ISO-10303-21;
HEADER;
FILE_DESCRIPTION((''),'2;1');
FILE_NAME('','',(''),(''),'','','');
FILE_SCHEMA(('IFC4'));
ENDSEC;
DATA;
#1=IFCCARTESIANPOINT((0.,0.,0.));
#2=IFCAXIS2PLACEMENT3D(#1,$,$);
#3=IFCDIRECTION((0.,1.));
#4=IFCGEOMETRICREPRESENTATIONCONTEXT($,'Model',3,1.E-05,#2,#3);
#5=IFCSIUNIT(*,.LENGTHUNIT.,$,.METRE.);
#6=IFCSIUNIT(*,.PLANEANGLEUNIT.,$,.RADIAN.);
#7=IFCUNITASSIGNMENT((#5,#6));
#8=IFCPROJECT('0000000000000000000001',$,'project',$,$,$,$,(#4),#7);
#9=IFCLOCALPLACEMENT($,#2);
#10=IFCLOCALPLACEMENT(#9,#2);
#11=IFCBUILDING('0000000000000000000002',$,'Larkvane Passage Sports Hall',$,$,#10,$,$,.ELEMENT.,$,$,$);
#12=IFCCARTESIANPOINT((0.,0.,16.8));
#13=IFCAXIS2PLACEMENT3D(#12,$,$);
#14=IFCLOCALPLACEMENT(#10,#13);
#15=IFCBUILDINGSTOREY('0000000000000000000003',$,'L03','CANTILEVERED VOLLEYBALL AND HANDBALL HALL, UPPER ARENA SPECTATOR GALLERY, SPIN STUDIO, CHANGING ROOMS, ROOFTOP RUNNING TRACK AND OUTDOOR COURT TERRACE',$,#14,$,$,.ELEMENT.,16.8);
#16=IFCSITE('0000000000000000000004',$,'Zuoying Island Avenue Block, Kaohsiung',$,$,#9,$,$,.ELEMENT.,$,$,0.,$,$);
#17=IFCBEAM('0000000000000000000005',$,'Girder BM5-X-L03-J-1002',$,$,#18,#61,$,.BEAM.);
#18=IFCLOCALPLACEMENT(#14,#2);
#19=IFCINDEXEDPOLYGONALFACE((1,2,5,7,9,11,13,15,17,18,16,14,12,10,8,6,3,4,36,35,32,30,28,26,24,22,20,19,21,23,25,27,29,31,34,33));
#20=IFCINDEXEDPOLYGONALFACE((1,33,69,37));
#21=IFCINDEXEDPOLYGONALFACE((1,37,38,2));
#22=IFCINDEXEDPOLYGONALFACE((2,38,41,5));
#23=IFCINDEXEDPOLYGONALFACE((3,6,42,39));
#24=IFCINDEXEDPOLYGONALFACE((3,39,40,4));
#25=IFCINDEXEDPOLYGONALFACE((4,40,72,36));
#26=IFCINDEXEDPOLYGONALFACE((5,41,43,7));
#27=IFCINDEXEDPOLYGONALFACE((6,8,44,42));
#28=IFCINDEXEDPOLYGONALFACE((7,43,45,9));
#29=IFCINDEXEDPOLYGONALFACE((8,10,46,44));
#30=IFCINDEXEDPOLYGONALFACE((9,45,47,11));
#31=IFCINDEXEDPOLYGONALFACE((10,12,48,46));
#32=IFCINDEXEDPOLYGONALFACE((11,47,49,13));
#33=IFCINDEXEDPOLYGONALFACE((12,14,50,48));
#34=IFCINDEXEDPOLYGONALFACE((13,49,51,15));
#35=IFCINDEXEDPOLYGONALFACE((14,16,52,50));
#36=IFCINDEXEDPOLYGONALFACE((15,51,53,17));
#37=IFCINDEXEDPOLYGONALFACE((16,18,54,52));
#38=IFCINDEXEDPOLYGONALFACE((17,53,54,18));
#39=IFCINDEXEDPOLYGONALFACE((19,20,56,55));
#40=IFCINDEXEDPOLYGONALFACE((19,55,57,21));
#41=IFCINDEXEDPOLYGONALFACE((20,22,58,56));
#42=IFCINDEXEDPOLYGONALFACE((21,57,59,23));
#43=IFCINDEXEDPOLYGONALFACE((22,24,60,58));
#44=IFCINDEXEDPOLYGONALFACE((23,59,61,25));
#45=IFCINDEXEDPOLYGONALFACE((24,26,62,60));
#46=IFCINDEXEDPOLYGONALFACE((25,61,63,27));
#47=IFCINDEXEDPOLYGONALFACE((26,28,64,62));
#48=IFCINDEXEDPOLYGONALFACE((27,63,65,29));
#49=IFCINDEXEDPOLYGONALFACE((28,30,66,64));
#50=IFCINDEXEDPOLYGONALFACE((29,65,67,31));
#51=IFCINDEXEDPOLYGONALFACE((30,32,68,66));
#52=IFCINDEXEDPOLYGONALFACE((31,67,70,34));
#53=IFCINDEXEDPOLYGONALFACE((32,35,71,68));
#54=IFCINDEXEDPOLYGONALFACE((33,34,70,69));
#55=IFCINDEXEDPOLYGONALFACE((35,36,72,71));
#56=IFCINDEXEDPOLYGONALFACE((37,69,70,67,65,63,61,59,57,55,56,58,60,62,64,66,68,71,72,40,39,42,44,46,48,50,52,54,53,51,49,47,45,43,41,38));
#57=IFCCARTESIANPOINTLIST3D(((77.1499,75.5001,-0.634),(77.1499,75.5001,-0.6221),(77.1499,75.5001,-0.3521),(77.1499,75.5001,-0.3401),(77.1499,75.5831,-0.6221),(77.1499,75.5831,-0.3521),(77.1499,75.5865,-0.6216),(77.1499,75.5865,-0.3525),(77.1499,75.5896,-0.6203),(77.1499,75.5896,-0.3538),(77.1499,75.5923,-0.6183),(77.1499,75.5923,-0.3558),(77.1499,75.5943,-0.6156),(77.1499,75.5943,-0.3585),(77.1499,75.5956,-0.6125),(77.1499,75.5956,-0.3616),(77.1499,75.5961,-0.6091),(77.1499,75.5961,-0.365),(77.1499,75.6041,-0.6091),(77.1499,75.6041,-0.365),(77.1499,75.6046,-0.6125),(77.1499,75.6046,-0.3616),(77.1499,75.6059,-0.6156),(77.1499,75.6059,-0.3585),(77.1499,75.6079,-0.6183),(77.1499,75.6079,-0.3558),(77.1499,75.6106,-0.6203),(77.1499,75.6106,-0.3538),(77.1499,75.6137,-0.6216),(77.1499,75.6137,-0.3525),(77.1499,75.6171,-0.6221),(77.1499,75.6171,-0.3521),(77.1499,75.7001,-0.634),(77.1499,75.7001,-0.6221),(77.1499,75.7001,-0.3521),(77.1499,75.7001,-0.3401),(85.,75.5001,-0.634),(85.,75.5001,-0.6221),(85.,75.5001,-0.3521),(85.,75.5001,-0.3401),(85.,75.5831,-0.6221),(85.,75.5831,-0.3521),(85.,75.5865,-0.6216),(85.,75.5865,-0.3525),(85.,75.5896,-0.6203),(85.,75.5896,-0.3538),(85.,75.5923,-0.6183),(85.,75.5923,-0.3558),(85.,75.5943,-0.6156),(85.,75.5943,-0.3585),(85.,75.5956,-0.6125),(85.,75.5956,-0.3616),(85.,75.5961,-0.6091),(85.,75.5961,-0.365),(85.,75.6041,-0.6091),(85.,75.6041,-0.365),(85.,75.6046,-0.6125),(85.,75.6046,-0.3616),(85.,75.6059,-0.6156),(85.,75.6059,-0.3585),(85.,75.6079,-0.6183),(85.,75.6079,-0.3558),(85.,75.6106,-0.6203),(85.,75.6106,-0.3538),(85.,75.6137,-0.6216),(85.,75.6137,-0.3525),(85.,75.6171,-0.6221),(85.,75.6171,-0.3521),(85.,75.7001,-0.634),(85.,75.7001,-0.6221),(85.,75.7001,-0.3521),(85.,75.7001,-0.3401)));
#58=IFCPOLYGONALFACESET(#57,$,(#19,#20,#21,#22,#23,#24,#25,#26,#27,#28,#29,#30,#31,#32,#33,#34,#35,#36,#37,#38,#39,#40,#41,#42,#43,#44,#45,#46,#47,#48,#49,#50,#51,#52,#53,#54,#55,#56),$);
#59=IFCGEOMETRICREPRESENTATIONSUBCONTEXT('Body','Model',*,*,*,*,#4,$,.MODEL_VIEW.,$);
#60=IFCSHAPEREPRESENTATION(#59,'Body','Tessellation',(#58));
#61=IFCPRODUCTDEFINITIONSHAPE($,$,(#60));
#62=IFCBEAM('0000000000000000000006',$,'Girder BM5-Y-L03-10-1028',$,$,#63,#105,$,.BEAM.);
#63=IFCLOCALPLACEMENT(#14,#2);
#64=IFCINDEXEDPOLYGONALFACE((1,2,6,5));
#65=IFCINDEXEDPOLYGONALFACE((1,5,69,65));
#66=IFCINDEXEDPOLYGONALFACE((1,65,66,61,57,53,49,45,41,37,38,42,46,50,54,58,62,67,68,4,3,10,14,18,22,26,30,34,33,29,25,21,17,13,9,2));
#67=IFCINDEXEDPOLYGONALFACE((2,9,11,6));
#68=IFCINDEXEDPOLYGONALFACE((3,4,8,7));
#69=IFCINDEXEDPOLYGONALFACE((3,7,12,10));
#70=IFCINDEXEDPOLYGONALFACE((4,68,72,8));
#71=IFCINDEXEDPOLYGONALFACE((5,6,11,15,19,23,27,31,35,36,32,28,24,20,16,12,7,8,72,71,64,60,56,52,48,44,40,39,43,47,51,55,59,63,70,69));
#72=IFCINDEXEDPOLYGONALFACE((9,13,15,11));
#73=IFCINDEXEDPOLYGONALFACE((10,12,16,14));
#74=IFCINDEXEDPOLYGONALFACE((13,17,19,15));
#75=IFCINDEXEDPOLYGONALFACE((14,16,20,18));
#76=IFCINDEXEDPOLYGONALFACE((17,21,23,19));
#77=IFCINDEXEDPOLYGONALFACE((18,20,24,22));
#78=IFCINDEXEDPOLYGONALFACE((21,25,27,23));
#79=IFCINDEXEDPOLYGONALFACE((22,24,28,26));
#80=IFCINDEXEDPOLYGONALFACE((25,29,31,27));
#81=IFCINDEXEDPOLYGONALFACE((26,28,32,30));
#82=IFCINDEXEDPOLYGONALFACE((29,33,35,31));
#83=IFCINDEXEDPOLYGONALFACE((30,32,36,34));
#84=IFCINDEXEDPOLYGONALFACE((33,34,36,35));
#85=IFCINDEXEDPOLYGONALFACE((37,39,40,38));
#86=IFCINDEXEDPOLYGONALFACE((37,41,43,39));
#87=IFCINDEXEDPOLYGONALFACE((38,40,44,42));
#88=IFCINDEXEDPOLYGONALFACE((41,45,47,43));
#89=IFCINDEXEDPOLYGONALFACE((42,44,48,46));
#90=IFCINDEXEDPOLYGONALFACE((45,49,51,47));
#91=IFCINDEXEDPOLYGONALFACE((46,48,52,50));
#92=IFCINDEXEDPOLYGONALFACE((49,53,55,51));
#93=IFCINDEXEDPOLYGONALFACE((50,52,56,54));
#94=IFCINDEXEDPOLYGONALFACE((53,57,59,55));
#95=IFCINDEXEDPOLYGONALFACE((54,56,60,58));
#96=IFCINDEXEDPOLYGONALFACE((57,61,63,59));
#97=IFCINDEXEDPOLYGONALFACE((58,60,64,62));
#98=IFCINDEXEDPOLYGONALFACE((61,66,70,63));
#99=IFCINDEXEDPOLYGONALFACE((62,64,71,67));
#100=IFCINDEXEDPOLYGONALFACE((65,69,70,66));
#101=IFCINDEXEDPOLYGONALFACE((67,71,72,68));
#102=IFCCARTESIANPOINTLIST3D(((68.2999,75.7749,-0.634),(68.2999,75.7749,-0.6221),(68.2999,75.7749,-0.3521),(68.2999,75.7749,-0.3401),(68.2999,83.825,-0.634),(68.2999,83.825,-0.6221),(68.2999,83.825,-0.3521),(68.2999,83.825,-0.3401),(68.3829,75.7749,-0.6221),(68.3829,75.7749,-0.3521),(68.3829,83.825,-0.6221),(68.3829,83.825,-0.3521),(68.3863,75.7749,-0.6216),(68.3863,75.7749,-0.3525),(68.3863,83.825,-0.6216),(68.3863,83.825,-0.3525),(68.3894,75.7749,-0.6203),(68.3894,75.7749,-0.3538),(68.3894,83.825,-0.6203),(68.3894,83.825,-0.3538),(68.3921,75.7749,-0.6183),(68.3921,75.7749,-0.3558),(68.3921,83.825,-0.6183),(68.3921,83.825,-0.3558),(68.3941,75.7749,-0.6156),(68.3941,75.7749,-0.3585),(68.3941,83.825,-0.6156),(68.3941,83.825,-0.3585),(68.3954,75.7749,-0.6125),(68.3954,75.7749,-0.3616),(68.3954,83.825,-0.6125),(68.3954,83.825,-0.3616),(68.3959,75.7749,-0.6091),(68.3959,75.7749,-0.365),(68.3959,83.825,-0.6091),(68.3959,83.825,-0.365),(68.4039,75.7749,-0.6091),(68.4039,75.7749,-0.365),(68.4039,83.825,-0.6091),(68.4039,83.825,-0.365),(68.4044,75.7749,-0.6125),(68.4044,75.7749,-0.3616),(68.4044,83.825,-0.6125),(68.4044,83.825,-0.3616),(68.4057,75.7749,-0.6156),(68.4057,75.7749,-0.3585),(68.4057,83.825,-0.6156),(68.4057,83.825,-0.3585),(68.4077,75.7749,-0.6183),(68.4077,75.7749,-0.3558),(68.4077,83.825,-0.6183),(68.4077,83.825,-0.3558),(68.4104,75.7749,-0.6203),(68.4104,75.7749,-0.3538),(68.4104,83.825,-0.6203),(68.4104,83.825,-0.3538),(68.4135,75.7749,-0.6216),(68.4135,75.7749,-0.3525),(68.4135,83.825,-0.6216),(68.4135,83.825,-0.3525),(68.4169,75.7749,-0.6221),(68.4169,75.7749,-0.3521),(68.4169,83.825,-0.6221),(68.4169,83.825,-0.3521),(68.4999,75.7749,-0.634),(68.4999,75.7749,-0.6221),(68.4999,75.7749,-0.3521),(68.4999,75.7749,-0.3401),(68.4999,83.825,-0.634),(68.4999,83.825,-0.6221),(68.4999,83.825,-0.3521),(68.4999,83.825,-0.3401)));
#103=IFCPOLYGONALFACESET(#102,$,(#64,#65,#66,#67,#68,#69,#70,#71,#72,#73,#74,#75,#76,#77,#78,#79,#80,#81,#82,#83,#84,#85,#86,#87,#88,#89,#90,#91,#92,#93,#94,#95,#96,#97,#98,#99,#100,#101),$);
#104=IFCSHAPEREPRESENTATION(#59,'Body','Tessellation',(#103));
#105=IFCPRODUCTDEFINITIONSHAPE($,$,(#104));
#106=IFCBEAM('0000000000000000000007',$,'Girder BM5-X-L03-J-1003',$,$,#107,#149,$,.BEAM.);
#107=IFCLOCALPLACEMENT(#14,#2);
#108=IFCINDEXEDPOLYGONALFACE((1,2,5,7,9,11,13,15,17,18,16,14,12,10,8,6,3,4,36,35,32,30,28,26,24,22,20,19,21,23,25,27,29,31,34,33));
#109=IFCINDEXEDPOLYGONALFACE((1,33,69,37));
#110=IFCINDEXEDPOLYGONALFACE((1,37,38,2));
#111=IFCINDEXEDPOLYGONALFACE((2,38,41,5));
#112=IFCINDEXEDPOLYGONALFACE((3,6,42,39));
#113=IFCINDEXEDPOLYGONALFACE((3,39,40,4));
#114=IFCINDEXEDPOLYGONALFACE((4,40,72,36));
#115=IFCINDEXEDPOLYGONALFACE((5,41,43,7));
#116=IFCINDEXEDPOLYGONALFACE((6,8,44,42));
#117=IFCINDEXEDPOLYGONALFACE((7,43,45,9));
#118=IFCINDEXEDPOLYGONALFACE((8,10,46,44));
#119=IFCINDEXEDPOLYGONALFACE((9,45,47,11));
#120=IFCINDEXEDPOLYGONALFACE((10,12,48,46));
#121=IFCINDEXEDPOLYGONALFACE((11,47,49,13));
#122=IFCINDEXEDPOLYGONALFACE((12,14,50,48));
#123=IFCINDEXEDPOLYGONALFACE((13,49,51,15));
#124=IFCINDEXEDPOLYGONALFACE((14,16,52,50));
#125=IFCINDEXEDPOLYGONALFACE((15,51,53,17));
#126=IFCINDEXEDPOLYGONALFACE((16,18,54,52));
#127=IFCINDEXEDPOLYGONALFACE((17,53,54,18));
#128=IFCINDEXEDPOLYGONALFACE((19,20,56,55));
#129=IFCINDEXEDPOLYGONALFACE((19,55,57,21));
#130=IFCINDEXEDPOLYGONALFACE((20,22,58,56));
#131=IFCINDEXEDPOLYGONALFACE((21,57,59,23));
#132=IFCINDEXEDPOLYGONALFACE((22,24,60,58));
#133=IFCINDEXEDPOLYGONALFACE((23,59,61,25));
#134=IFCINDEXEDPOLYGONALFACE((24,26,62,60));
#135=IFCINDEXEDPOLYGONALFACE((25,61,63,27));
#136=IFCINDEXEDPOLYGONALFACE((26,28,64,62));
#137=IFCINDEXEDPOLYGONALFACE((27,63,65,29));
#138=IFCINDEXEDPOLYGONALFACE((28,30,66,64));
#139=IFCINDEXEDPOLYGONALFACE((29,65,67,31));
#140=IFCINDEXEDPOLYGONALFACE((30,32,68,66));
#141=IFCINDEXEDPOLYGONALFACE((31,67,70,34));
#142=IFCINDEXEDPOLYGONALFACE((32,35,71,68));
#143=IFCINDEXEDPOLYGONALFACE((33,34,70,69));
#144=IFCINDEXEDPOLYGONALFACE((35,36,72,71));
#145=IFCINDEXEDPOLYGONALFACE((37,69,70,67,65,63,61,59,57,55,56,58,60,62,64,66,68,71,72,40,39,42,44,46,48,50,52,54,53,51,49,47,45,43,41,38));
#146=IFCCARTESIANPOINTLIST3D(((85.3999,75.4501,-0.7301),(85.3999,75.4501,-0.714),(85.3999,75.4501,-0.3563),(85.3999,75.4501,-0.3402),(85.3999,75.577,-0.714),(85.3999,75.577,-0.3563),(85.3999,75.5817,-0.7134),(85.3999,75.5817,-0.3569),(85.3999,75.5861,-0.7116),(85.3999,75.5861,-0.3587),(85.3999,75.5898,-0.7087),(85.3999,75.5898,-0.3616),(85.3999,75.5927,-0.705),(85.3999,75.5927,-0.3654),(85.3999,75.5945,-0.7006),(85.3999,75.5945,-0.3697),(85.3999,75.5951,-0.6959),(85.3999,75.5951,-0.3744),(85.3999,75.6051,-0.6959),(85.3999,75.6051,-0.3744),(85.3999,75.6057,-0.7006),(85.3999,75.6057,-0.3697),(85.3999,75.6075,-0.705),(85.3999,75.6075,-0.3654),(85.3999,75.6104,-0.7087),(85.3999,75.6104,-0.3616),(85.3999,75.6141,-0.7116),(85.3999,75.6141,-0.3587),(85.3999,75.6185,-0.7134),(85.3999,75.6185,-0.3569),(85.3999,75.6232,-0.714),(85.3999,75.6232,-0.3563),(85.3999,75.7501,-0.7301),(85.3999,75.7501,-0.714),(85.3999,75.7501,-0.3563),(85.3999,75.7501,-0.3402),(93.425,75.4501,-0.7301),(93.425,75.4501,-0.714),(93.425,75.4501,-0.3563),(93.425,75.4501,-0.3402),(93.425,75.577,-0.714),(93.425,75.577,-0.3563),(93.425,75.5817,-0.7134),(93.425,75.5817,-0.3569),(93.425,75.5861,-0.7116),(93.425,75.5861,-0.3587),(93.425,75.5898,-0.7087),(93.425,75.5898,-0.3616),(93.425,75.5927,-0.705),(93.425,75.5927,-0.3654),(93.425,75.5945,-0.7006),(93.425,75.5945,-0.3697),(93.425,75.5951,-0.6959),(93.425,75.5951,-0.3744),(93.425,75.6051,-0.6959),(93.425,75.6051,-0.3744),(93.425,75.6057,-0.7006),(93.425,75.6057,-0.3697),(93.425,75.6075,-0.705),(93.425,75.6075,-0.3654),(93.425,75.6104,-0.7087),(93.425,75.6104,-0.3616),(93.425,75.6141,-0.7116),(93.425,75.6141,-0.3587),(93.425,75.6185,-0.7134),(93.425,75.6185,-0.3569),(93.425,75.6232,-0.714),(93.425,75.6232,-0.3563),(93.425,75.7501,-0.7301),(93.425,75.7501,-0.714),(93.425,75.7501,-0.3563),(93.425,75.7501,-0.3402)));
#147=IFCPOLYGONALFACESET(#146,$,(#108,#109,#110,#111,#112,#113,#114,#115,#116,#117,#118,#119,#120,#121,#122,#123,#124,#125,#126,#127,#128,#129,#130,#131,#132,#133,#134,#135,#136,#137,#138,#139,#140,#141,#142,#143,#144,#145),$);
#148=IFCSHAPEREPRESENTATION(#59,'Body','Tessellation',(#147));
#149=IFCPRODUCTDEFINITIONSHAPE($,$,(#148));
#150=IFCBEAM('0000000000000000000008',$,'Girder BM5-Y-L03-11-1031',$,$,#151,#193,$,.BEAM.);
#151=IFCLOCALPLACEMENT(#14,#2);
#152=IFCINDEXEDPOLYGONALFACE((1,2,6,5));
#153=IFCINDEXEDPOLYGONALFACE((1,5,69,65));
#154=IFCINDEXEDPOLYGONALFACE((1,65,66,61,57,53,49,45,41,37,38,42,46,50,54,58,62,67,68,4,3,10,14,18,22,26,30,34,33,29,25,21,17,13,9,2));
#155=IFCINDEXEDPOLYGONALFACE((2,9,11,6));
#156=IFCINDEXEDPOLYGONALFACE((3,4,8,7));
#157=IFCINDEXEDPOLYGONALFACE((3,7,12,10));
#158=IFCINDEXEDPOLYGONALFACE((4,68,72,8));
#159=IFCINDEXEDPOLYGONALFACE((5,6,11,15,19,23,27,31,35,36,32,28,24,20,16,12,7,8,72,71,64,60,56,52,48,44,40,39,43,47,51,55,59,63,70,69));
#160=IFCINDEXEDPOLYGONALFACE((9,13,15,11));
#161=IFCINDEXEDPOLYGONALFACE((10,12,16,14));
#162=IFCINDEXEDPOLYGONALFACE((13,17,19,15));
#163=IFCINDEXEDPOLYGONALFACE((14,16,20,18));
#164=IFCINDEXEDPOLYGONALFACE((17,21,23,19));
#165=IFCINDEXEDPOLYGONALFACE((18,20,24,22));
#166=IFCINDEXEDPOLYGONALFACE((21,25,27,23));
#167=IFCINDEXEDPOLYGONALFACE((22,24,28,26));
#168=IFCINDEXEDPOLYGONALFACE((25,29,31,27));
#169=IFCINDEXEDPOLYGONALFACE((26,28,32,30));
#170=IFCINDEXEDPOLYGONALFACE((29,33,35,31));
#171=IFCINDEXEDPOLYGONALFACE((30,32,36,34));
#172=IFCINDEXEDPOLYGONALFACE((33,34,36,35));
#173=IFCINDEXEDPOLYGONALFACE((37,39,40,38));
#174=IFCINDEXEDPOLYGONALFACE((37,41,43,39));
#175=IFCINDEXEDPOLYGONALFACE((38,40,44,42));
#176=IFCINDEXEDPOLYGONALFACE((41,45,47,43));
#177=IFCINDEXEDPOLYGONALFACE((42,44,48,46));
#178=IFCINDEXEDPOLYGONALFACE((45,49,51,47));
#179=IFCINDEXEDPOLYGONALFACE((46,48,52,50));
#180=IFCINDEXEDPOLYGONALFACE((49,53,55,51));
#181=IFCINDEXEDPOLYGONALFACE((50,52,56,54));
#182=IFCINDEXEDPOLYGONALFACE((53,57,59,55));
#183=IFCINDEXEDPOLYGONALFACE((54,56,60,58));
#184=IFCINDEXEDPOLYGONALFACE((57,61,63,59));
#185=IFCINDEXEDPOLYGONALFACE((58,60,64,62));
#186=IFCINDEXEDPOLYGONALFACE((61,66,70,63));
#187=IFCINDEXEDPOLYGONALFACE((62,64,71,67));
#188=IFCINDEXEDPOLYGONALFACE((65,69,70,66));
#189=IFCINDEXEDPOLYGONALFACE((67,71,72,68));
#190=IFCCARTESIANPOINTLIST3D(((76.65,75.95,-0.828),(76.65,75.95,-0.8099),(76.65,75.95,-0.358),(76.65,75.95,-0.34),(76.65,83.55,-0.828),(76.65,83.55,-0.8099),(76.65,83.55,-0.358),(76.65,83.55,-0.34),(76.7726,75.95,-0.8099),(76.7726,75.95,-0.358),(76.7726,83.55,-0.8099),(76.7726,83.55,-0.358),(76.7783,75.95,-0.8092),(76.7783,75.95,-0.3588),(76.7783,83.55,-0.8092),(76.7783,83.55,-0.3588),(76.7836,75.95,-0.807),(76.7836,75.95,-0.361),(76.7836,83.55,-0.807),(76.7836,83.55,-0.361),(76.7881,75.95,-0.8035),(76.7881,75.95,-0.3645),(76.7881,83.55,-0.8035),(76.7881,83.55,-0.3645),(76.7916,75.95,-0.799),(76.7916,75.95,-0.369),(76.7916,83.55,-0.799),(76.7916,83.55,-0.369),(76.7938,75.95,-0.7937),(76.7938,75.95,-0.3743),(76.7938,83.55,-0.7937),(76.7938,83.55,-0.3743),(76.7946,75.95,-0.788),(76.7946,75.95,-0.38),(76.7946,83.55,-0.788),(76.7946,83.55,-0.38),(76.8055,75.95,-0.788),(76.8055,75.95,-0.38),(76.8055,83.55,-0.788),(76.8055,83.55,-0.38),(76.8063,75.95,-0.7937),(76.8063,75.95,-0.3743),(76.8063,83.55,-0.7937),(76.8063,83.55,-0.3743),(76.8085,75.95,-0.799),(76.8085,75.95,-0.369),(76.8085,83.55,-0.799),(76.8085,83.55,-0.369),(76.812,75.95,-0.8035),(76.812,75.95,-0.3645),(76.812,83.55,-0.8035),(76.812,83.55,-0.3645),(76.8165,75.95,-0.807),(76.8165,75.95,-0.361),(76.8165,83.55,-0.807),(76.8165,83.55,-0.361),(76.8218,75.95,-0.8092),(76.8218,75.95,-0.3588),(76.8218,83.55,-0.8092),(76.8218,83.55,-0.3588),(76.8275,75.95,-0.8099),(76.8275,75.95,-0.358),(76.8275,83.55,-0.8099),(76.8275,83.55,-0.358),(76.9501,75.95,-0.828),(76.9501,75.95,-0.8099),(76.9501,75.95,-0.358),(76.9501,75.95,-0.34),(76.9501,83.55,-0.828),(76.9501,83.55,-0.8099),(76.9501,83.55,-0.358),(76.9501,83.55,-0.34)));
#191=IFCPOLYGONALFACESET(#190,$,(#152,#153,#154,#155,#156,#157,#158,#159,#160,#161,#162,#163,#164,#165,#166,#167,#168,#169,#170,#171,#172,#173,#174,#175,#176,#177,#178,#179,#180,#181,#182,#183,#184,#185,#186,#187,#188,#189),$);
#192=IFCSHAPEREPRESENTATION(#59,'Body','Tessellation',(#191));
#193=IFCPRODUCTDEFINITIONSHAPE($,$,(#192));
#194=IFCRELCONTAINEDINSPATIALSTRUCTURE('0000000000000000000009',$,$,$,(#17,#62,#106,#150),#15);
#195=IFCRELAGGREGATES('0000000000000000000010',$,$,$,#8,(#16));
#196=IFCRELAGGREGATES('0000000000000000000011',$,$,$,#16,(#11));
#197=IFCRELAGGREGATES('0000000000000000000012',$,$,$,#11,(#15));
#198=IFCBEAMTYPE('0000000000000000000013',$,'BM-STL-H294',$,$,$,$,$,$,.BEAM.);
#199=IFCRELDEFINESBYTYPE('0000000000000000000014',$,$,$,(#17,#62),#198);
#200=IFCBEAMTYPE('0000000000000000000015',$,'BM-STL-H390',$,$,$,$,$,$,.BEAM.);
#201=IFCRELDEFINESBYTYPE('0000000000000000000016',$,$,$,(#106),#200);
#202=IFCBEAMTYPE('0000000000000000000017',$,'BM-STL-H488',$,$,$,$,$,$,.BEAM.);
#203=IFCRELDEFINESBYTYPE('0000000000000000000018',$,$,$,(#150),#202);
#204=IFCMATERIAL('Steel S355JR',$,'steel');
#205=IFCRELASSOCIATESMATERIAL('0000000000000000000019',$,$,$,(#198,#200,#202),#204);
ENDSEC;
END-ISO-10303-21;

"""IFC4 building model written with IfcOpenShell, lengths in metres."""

from ifc_helpers import new_model, si_unit, direction, frame, origin, origin_2d, place, context, subcontext, project, spatial, i_section, extrude, material, material_profile, profile_set, type_object, element, save


model = new_model("IFC4")

# Units and contexts
model_context = context("Model", 3, precision=1e-05, world=origin(), true_north=direction((0.0, 1.0)))
body_context = subcontext(model_context, "Body", "Model", "MODEL_VIEW")
ifc_project = project(units=[si_unit("LENGTHUNIT", "METRE"), si_unit("PLANEANGLEUNIT", "RADIAN")], contexts=[model_context])

# Site, building, storey
site_placement = place(None, origin())
site = spatial("IfcSite", under=ifc_project, at=site_placement, Name="Zuoying Island Avenue Block, Kaohsiung", CompositionType="ELEMENT", RefElevation=0.0)
building_placement = place(site_placement, origin())
building = spatial("IfcBuilding", under=site, at=building_placement, Name="Larkvane Passage Sports Hall", CompositionType="ELEMENT")
storey_placement = place(building_placement, frame((0.0, 0.0, 16.8)))
storey = spatial("IfcBuildingStorey", under=building, at=storey_placement, Name="L03", Description="CANTILEVERED VOLLEYBALL AND HANDBALL HALL, UPPER ARENA SPECTATOR GALLERY, SPIN STUDIO, CHANGING ROOMS, ROOFTOP RUNNING TRACK AND OUTDOOR COURT TERRACE", CompositionType="ELEMENT", Elevation=16.8)

# Shared definitions
ifc_material_1 = material(Name="Steel S355JR", Category="steel")

# Beams
ifc_material_profile_1 = material_profile(ifc_material_1, i_section(OverallWidth=0.2, OverallDepth=0.2939, WebThickness=0.0081, FlangeThickness=0.012, FilletRadius=0.0129, at=origin_2d()), Name="H-294x200x8x12")
ifc_profile_set_1 = profile_set([ifc_material_profile_1], Name="Steel S355JR")
beam_type_1 = type_object("IfcBeamType", Name="BM-STL-H294", PredefinedType="BEAM", material=ifc_profile_set_1)
beam_1_placement = place(storey_placement, frame((77.1499, 75.6001, -0.4871), z_axis=(1.0, 0.0, 0.0), x_axis=(0.0, 1.0, 0.0)))
element("IfcBeam", 1, at=beam_1_placement, inside=storey, type_object=beam_type_1, Name="Girder BM5-X-L03-J-1002", PredefinedType="BEAM", context=body_context, shape_type="SweptSolid", body=[
    extrude(i_section(OverallWidth=0.2, OverallDepth=0.2939, WebThickness=0.0081, FlangeThickness=0.012, FilletRadius=0.0129, at=origin_2d()), origin(), (0.0, 0.0, 1.0), 7.8501),
])
beam_2_placement = place(storey_placement, frame((68.3999, 75.7749, -0.4871), z_axis=(0.0, 1.0, 0.0), x_axis=(-1.0, 0.0, 0.0)))
element("IfcBeam", 2, at=beam_2_placement, inside=storey, type_object=beam_type_1, Name="Girder BM5-Y-L03-10-1028", PredefinedType="BEAM", context=body_context, shape_type="SweptSolid", body=[
    extrude(i_section(OverallWidth=0.2, OverallDepth=0.2939, WebThickness=0.0081, FlangeThickness=0.012, FilletRadius=0.0129, at=origin_2d()), origin(), (0.0, 0.0, 1.0), 8.05),
])
ifc_material_profile_2 = material_profile(ifc_material_1, i_section(OverallWidth=0.3, OverallDepth=0.3899, WebThickness=0.01, FlangeThickness=0.0161, FilletRadius=0.0181, at=origin_2d()), Name="H-390x300x10x16")
ifc_profile_set_2 = profile_set([ifc_material_profile_2], Name="Steel S355JR")
beam_type_2 = type_object("IfcBeamType", Name="BM-STL-H390", PredefinedType="BEAM", material=ifc_profile_set_2)
beam_3_placement = place(storey_placement, frame((85.3999, 75.6001, -0.5352), z_axis=(1.0, 0.0, 0.0), x_axis=(0.0, 1.0, 0.0)))
element("IfcBeam", 3, at=beam_3_placement, inside=storey, type_object=beam_type_2, Name="Girder BM5-X-L03-J-1003", PredefinedType="BEAM", context=body_context, shape_type="SweptSolid", body=[
    extrude(i_section(OverallWidth=0.3, OverallDepth=0.3899, WebThickness=0.01, FlangeThickness=0.0161, FilletRadius=0.0181, at=origin_2d()), origin(), (0.0, 0.0, 1.0), 8.0251),
])
ifc_material_profile_3 = material_profile(ifc_material_1, i_section(OverallWidth=0.3, OverallDepth=0.488, WebThickness=0.011, FlangeThickness=0.0181, FilletRadius=0.022, at=origin_2d()), Name="H-488x300x11x18")
ifc_profile_set_3 = profile_set([ifc_material_profile_3], Name="Steel S355JR")
beam_type_3 = type_object("IfcBeamType", Name="BM-STL-H488", PredefinedType="BEAM", material=ifc_profile_set_3)
beam_4_placement = place(storey_placement, frame((76.8, 75.95, -0.584), z_axis=(0.0, 1.0, 0.0), x_axis=(-1.0, 0.0, 0.0)))
element("IfcBeam", 4, at=beam_4_placement, inside=storey, type_object=beam_type_3, Name="Girder BM5-Y-L03-11-1031", PredefinedType="BEAM", context=body_context, shape_type="SweptSolid", body=[
    extrude(i_section(OverallWidth=0.3, OverallDepth=0.488, WebThickness=0.011, FlangeThickness=0.0181, FilletRadius=0.022, at=origin_2d()), origin(), (0.0, 0.0, 1.0), 7.6001),
])

save(model, "model.ifc")
